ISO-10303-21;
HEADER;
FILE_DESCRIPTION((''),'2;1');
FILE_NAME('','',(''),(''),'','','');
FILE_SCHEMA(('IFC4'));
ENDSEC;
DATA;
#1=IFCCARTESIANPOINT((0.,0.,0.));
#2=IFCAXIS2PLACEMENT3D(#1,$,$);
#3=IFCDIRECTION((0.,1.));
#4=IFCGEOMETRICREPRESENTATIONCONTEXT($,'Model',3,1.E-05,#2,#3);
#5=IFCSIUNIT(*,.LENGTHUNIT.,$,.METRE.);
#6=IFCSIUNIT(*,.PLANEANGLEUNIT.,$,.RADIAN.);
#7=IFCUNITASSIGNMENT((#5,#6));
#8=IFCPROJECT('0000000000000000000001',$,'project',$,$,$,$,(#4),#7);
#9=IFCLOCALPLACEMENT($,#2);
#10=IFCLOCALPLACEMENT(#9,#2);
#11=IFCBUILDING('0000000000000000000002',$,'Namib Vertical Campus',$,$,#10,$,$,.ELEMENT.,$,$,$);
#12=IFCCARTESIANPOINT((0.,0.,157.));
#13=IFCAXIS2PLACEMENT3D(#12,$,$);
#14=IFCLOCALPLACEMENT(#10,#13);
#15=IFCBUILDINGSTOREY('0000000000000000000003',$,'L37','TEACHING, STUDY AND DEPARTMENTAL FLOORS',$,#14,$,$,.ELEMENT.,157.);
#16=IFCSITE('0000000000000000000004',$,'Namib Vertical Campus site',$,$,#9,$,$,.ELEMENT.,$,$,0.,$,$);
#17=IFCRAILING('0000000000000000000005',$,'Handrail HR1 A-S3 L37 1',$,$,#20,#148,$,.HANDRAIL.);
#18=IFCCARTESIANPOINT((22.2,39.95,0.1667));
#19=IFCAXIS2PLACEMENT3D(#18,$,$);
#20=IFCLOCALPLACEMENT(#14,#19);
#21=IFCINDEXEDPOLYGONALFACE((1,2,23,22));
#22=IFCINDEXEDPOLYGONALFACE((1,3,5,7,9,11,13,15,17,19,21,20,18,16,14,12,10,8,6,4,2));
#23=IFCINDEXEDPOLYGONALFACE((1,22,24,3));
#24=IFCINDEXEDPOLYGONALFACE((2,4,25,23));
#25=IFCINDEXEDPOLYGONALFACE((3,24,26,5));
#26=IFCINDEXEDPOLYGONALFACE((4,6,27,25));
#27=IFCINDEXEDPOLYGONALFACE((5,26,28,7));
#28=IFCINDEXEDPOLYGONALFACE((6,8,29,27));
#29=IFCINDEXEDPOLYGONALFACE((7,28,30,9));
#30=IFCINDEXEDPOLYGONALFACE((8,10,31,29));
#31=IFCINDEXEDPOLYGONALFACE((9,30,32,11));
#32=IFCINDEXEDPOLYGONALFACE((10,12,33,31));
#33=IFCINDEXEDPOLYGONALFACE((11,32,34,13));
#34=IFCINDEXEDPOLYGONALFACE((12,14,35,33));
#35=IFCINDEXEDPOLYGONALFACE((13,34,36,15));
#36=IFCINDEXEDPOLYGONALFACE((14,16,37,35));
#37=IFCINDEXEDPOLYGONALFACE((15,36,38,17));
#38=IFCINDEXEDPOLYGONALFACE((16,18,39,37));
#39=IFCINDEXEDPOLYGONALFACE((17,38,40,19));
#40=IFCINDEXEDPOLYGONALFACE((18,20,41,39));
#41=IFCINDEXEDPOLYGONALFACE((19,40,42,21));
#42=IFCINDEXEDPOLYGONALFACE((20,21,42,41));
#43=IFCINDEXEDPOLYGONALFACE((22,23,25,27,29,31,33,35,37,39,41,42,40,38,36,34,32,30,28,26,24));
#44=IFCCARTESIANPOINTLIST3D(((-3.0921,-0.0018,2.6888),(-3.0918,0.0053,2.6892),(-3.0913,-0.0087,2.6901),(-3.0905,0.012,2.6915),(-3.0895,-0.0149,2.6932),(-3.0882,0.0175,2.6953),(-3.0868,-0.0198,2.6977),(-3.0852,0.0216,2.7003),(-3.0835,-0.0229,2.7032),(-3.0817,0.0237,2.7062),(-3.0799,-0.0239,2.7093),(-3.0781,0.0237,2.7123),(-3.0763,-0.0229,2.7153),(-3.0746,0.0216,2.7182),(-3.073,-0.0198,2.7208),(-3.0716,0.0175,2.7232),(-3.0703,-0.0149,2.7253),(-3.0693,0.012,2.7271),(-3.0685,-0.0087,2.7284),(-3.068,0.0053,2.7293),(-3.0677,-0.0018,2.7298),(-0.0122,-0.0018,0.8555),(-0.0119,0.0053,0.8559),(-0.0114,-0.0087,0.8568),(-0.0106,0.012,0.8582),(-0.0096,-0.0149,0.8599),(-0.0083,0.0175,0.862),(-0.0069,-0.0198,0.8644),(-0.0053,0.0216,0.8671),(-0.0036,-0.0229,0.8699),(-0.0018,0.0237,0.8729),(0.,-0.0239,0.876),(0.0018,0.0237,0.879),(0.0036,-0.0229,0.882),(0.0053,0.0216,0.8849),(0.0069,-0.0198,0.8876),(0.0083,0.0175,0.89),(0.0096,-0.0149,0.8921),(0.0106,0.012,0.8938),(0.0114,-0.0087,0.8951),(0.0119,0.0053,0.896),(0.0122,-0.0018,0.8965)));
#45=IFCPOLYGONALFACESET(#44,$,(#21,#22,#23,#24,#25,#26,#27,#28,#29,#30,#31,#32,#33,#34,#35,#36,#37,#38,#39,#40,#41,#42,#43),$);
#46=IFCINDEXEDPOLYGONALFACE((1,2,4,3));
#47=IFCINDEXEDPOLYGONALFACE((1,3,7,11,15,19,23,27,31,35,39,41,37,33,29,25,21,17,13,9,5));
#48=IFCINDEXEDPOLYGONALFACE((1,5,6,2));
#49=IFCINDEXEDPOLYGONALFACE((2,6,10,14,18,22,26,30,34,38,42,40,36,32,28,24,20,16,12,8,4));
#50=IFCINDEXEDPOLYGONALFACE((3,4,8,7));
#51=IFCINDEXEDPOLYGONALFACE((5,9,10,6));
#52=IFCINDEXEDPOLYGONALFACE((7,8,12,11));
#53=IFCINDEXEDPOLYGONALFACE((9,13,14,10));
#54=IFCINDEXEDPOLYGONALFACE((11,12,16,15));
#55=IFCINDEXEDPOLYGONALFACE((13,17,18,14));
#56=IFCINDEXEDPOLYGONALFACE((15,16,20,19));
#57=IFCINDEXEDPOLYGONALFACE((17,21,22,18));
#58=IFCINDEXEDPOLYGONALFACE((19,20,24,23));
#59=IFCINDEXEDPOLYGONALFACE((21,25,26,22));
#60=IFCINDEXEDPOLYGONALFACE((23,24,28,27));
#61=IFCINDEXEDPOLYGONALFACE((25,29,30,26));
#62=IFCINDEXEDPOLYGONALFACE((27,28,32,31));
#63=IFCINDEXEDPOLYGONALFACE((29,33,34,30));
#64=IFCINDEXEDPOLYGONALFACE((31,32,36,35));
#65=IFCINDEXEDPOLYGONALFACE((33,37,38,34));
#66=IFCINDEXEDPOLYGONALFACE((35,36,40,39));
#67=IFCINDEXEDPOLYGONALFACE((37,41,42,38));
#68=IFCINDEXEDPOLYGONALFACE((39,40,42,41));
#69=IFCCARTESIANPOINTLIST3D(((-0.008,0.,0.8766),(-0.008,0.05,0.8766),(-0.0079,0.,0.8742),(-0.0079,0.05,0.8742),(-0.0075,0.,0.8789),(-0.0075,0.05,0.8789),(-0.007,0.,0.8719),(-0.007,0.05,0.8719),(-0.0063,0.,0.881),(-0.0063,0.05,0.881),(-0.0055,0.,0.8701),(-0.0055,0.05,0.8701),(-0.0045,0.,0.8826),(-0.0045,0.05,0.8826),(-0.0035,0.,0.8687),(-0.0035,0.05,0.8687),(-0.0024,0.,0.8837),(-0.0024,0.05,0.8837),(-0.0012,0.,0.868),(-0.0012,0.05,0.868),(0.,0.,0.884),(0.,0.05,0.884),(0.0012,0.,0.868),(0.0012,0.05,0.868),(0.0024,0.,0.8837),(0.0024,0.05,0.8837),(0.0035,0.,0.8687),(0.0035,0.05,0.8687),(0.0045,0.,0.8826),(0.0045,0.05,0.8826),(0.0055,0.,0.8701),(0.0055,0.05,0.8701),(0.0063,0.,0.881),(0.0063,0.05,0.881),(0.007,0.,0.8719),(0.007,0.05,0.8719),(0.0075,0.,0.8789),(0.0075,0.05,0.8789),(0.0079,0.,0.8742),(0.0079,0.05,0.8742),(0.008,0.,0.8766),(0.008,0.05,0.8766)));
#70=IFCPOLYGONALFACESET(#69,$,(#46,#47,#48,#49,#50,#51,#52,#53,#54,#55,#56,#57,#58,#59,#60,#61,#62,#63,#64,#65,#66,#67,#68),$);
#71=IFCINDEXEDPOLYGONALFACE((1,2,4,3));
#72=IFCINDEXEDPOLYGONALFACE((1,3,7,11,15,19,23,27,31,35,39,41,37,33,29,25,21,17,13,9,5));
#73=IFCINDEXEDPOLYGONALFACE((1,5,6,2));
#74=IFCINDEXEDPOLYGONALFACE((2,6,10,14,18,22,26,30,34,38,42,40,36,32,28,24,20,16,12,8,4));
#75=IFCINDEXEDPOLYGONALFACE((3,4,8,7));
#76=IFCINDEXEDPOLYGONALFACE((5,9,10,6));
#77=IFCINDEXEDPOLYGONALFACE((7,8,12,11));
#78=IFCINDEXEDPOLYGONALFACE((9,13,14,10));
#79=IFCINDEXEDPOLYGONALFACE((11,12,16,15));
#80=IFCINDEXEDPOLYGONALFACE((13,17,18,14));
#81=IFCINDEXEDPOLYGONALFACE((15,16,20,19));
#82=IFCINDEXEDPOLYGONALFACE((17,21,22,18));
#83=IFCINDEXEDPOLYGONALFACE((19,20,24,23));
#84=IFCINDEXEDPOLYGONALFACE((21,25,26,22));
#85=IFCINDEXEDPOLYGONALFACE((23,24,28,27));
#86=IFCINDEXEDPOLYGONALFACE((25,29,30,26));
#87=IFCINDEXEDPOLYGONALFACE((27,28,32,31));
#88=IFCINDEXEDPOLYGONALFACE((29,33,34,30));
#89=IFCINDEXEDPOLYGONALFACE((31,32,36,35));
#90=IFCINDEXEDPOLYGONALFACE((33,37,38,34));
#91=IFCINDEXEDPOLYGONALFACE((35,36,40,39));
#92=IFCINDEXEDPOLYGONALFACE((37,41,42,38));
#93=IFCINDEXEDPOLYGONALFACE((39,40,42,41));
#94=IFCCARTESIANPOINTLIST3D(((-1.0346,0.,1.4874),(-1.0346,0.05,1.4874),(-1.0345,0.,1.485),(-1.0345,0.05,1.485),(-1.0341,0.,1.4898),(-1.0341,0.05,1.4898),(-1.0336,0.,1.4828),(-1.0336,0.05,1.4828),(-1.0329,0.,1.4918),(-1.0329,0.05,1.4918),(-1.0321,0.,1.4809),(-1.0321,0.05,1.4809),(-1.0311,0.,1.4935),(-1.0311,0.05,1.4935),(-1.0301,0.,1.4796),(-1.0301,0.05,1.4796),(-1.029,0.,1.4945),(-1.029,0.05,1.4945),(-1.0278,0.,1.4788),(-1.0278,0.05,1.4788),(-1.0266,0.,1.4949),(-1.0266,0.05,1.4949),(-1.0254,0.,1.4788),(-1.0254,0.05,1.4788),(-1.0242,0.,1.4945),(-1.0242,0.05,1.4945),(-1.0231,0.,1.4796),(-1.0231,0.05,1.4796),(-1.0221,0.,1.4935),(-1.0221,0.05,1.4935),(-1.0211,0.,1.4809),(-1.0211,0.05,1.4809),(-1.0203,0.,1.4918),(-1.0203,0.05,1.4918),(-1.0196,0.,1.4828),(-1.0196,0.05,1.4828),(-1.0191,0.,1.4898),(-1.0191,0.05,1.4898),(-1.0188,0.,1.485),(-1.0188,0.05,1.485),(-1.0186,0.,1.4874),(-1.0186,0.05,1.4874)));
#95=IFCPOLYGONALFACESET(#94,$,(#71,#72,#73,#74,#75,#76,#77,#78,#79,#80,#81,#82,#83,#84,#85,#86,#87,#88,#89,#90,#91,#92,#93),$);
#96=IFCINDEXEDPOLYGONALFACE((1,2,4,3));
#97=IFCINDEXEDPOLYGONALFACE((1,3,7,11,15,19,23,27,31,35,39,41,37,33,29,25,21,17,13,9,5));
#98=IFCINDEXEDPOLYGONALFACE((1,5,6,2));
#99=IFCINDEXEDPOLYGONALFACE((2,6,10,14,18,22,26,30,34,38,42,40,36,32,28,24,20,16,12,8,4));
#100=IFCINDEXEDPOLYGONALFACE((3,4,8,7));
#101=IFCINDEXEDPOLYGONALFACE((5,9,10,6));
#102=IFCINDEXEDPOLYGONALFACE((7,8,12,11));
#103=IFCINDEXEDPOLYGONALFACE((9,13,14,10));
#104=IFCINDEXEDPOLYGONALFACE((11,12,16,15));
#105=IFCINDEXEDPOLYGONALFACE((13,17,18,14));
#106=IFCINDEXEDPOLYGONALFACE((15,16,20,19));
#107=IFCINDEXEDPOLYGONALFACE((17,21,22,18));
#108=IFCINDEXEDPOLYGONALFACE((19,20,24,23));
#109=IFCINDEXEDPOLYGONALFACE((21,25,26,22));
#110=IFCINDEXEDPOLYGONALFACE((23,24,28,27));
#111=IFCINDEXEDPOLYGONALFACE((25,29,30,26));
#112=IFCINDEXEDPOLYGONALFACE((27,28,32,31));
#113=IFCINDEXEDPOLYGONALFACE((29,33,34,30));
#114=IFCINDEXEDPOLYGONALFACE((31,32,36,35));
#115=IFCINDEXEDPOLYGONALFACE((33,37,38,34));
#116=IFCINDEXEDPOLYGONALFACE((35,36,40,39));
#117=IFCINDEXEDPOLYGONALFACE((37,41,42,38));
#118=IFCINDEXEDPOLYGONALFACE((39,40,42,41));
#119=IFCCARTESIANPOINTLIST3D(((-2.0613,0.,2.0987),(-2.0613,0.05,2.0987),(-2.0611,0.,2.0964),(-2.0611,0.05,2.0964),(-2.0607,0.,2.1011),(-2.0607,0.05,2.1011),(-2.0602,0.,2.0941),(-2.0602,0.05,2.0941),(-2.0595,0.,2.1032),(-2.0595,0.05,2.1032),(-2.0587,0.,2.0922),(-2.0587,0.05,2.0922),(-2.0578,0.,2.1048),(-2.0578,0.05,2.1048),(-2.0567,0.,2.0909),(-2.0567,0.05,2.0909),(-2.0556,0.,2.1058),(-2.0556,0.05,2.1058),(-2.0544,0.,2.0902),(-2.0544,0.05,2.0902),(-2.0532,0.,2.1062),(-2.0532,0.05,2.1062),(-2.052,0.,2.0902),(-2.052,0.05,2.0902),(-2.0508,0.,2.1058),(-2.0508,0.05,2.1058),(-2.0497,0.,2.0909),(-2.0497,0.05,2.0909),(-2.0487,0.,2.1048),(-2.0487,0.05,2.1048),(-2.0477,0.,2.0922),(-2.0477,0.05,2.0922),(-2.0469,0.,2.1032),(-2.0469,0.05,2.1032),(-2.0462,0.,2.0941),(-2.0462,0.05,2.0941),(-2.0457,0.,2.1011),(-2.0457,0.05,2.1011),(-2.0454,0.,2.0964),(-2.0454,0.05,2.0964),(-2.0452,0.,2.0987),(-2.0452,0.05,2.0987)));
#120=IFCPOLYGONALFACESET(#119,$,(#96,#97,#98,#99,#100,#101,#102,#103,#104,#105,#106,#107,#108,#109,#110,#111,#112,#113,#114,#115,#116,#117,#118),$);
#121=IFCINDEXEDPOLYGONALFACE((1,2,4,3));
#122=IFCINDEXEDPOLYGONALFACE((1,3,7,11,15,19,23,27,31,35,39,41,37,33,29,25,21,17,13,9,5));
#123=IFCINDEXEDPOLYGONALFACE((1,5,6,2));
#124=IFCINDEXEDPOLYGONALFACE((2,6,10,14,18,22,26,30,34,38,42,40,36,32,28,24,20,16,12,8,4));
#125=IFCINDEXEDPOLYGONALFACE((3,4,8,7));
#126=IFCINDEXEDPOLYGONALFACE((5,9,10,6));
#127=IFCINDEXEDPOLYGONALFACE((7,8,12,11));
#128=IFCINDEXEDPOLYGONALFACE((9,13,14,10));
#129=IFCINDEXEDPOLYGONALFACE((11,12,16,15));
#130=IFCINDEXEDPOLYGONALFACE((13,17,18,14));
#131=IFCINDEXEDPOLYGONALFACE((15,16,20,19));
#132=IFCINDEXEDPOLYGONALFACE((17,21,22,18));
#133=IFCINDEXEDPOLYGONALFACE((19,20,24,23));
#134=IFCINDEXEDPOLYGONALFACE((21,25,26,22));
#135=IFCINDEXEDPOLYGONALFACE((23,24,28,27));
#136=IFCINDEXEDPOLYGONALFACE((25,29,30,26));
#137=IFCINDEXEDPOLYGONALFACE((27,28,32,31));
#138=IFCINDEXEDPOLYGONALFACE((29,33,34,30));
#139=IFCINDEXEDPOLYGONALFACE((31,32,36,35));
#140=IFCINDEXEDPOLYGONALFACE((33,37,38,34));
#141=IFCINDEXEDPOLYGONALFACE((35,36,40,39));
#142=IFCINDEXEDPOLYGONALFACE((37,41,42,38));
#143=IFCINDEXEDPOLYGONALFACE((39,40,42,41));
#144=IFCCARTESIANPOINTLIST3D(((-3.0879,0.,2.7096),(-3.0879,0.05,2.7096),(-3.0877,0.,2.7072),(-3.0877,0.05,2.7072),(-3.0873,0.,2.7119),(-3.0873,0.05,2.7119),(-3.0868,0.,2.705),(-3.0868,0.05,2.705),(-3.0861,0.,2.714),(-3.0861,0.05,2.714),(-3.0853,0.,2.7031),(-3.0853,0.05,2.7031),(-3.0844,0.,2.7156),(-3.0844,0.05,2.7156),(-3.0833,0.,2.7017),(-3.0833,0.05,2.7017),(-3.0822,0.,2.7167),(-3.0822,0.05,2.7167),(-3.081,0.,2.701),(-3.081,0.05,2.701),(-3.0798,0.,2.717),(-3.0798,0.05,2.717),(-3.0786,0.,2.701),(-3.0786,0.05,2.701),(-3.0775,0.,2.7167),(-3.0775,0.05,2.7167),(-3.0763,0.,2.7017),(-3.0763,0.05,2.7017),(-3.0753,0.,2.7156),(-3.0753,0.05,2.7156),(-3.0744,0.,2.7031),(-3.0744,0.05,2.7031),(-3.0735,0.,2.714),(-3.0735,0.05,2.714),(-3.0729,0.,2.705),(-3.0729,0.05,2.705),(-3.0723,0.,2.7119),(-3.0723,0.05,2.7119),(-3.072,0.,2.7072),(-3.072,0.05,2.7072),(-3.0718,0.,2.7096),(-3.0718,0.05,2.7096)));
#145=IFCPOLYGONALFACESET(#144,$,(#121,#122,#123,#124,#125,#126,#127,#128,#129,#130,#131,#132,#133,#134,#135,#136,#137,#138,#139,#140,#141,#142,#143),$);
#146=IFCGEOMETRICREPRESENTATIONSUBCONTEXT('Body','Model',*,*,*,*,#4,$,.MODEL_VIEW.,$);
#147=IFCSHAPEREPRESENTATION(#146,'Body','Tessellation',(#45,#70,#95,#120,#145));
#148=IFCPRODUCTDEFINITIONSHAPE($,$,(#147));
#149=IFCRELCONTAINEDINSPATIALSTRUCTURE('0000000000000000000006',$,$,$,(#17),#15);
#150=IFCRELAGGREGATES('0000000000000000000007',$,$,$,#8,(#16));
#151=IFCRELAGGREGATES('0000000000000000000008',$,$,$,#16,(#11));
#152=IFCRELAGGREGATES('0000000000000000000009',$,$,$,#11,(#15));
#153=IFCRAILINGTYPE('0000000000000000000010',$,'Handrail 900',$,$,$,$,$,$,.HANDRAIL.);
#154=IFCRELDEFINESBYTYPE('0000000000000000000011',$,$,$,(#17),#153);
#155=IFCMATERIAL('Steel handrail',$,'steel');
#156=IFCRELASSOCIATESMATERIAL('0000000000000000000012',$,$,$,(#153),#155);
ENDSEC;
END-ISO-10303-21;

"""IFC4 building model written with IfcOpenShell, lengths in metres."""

from ifc_helpers import new_model, si_unit, direction, frame, origin, origin_2d, place, context, subcontext, project, spatial, circle, extrude, material, type_object, element, save


model = new_model("IFC4")

# Units and contexts
model_context = context("Model", 3, precision=1e-05, world=origin(), true_north=direction((0.0, 1.0)))
body_context = subcontext(model_context, "Body", "Model", "MODEL_VIEW")
ifc_project = project(units=[si_unit("LENGTHUNIT", "METRE"), si_unit("PLANEANGLEUNIT", "RADIAN")], contexts=[model_context])

# Site, building, storey
site_placement = place(None, origin())
site = spatial("IfcSite", under=ifc_project, at=site_placement, Name="Namib Vertical Campus site", CompositionType="ELEMENT", RefElevation=0.0)
building_placement = place(site_placement, origin())
building = spatial("IfcBuilding", under=site, at=building_placement, Name="Namib Vertical Campus", CompositionType="ELEMENT")
storey_placement = place(building_placement, frame((0.0, 0.0, 157.0)))
storey = spatial("IfcBuildingStorey", under=building, at=storey_placement, Name="L37", Description="TEACHING, STUDY AND DEPARTMENTAL FLOORS", CompositionType="ELEMENT", Elevation=157.0)

# Railing
ifc_material_1 = material(Name="Steel handrail", Category="steel")
railing_type_1 = type_object("IfcRailingType", Name="Handrail 900", PredefinedType="HANDRAIL", material=ifc_material_1)
railing_1_placement = place(storey_placement, frame((22.2, 39.95, 0.1667)))
element("IfcRailing", 1, at=railing_1_placement, inside=storey, type_object=railing_type_1, Name="Handrail HR1 A-S3 L37 1", PredefinedType="HANDRAIL", context=body_context, shape_type="SweptSolid", body=[
    extrude(circle(Radius=0.0239, at=origin_2d()), frame((0.0, 0.0, 0.876), z_axis=(-0.859291, 0.0, 0.511487), x_axis=(0.0, -1.0, 0.0)), (0.0, 0.0, 1.0), 3.5842),
    extrude(circle(Radius=0.0081, at=origin_2d()), frame((0.0, 0.0, 0.876), z_axis=(0.0, 1.0, 0.0), x_axis=(0.0, 0.0, 1.0)), (0.0, 0.0, 1.0), 0.05),
    extrude(circle(Radius=0.0081, at=origin_2d()), frame((-1.0266, 0.0, 1.4868), z_axis=(0.0, 1.0, 0.0), x_axis=(0.0, 0.0, 1.0)), (0.0, 0.0, 1.0), 0.05),
    extrude(circle(Radius=0.0081, at=origin_2d()), frame((-2.0532, 0.0, 2.0981), z_axis=(0.0, 1.0, 0.0), x_axis=(0.0, 0.0, 1.0)), (0.0, 0.0, 1.0), 0.05),
    extrude(circle(Radius=0.0081, at=origin_2d()), frame((-3.0798, 0.0, 2.709), z_axis=(0.0, 1.0, 0.0), x_axis=(0.0, 0.0, 1.0)), (0.0, 0.0, 1.0), 0.05),
])

save(model, "model.ifc")
